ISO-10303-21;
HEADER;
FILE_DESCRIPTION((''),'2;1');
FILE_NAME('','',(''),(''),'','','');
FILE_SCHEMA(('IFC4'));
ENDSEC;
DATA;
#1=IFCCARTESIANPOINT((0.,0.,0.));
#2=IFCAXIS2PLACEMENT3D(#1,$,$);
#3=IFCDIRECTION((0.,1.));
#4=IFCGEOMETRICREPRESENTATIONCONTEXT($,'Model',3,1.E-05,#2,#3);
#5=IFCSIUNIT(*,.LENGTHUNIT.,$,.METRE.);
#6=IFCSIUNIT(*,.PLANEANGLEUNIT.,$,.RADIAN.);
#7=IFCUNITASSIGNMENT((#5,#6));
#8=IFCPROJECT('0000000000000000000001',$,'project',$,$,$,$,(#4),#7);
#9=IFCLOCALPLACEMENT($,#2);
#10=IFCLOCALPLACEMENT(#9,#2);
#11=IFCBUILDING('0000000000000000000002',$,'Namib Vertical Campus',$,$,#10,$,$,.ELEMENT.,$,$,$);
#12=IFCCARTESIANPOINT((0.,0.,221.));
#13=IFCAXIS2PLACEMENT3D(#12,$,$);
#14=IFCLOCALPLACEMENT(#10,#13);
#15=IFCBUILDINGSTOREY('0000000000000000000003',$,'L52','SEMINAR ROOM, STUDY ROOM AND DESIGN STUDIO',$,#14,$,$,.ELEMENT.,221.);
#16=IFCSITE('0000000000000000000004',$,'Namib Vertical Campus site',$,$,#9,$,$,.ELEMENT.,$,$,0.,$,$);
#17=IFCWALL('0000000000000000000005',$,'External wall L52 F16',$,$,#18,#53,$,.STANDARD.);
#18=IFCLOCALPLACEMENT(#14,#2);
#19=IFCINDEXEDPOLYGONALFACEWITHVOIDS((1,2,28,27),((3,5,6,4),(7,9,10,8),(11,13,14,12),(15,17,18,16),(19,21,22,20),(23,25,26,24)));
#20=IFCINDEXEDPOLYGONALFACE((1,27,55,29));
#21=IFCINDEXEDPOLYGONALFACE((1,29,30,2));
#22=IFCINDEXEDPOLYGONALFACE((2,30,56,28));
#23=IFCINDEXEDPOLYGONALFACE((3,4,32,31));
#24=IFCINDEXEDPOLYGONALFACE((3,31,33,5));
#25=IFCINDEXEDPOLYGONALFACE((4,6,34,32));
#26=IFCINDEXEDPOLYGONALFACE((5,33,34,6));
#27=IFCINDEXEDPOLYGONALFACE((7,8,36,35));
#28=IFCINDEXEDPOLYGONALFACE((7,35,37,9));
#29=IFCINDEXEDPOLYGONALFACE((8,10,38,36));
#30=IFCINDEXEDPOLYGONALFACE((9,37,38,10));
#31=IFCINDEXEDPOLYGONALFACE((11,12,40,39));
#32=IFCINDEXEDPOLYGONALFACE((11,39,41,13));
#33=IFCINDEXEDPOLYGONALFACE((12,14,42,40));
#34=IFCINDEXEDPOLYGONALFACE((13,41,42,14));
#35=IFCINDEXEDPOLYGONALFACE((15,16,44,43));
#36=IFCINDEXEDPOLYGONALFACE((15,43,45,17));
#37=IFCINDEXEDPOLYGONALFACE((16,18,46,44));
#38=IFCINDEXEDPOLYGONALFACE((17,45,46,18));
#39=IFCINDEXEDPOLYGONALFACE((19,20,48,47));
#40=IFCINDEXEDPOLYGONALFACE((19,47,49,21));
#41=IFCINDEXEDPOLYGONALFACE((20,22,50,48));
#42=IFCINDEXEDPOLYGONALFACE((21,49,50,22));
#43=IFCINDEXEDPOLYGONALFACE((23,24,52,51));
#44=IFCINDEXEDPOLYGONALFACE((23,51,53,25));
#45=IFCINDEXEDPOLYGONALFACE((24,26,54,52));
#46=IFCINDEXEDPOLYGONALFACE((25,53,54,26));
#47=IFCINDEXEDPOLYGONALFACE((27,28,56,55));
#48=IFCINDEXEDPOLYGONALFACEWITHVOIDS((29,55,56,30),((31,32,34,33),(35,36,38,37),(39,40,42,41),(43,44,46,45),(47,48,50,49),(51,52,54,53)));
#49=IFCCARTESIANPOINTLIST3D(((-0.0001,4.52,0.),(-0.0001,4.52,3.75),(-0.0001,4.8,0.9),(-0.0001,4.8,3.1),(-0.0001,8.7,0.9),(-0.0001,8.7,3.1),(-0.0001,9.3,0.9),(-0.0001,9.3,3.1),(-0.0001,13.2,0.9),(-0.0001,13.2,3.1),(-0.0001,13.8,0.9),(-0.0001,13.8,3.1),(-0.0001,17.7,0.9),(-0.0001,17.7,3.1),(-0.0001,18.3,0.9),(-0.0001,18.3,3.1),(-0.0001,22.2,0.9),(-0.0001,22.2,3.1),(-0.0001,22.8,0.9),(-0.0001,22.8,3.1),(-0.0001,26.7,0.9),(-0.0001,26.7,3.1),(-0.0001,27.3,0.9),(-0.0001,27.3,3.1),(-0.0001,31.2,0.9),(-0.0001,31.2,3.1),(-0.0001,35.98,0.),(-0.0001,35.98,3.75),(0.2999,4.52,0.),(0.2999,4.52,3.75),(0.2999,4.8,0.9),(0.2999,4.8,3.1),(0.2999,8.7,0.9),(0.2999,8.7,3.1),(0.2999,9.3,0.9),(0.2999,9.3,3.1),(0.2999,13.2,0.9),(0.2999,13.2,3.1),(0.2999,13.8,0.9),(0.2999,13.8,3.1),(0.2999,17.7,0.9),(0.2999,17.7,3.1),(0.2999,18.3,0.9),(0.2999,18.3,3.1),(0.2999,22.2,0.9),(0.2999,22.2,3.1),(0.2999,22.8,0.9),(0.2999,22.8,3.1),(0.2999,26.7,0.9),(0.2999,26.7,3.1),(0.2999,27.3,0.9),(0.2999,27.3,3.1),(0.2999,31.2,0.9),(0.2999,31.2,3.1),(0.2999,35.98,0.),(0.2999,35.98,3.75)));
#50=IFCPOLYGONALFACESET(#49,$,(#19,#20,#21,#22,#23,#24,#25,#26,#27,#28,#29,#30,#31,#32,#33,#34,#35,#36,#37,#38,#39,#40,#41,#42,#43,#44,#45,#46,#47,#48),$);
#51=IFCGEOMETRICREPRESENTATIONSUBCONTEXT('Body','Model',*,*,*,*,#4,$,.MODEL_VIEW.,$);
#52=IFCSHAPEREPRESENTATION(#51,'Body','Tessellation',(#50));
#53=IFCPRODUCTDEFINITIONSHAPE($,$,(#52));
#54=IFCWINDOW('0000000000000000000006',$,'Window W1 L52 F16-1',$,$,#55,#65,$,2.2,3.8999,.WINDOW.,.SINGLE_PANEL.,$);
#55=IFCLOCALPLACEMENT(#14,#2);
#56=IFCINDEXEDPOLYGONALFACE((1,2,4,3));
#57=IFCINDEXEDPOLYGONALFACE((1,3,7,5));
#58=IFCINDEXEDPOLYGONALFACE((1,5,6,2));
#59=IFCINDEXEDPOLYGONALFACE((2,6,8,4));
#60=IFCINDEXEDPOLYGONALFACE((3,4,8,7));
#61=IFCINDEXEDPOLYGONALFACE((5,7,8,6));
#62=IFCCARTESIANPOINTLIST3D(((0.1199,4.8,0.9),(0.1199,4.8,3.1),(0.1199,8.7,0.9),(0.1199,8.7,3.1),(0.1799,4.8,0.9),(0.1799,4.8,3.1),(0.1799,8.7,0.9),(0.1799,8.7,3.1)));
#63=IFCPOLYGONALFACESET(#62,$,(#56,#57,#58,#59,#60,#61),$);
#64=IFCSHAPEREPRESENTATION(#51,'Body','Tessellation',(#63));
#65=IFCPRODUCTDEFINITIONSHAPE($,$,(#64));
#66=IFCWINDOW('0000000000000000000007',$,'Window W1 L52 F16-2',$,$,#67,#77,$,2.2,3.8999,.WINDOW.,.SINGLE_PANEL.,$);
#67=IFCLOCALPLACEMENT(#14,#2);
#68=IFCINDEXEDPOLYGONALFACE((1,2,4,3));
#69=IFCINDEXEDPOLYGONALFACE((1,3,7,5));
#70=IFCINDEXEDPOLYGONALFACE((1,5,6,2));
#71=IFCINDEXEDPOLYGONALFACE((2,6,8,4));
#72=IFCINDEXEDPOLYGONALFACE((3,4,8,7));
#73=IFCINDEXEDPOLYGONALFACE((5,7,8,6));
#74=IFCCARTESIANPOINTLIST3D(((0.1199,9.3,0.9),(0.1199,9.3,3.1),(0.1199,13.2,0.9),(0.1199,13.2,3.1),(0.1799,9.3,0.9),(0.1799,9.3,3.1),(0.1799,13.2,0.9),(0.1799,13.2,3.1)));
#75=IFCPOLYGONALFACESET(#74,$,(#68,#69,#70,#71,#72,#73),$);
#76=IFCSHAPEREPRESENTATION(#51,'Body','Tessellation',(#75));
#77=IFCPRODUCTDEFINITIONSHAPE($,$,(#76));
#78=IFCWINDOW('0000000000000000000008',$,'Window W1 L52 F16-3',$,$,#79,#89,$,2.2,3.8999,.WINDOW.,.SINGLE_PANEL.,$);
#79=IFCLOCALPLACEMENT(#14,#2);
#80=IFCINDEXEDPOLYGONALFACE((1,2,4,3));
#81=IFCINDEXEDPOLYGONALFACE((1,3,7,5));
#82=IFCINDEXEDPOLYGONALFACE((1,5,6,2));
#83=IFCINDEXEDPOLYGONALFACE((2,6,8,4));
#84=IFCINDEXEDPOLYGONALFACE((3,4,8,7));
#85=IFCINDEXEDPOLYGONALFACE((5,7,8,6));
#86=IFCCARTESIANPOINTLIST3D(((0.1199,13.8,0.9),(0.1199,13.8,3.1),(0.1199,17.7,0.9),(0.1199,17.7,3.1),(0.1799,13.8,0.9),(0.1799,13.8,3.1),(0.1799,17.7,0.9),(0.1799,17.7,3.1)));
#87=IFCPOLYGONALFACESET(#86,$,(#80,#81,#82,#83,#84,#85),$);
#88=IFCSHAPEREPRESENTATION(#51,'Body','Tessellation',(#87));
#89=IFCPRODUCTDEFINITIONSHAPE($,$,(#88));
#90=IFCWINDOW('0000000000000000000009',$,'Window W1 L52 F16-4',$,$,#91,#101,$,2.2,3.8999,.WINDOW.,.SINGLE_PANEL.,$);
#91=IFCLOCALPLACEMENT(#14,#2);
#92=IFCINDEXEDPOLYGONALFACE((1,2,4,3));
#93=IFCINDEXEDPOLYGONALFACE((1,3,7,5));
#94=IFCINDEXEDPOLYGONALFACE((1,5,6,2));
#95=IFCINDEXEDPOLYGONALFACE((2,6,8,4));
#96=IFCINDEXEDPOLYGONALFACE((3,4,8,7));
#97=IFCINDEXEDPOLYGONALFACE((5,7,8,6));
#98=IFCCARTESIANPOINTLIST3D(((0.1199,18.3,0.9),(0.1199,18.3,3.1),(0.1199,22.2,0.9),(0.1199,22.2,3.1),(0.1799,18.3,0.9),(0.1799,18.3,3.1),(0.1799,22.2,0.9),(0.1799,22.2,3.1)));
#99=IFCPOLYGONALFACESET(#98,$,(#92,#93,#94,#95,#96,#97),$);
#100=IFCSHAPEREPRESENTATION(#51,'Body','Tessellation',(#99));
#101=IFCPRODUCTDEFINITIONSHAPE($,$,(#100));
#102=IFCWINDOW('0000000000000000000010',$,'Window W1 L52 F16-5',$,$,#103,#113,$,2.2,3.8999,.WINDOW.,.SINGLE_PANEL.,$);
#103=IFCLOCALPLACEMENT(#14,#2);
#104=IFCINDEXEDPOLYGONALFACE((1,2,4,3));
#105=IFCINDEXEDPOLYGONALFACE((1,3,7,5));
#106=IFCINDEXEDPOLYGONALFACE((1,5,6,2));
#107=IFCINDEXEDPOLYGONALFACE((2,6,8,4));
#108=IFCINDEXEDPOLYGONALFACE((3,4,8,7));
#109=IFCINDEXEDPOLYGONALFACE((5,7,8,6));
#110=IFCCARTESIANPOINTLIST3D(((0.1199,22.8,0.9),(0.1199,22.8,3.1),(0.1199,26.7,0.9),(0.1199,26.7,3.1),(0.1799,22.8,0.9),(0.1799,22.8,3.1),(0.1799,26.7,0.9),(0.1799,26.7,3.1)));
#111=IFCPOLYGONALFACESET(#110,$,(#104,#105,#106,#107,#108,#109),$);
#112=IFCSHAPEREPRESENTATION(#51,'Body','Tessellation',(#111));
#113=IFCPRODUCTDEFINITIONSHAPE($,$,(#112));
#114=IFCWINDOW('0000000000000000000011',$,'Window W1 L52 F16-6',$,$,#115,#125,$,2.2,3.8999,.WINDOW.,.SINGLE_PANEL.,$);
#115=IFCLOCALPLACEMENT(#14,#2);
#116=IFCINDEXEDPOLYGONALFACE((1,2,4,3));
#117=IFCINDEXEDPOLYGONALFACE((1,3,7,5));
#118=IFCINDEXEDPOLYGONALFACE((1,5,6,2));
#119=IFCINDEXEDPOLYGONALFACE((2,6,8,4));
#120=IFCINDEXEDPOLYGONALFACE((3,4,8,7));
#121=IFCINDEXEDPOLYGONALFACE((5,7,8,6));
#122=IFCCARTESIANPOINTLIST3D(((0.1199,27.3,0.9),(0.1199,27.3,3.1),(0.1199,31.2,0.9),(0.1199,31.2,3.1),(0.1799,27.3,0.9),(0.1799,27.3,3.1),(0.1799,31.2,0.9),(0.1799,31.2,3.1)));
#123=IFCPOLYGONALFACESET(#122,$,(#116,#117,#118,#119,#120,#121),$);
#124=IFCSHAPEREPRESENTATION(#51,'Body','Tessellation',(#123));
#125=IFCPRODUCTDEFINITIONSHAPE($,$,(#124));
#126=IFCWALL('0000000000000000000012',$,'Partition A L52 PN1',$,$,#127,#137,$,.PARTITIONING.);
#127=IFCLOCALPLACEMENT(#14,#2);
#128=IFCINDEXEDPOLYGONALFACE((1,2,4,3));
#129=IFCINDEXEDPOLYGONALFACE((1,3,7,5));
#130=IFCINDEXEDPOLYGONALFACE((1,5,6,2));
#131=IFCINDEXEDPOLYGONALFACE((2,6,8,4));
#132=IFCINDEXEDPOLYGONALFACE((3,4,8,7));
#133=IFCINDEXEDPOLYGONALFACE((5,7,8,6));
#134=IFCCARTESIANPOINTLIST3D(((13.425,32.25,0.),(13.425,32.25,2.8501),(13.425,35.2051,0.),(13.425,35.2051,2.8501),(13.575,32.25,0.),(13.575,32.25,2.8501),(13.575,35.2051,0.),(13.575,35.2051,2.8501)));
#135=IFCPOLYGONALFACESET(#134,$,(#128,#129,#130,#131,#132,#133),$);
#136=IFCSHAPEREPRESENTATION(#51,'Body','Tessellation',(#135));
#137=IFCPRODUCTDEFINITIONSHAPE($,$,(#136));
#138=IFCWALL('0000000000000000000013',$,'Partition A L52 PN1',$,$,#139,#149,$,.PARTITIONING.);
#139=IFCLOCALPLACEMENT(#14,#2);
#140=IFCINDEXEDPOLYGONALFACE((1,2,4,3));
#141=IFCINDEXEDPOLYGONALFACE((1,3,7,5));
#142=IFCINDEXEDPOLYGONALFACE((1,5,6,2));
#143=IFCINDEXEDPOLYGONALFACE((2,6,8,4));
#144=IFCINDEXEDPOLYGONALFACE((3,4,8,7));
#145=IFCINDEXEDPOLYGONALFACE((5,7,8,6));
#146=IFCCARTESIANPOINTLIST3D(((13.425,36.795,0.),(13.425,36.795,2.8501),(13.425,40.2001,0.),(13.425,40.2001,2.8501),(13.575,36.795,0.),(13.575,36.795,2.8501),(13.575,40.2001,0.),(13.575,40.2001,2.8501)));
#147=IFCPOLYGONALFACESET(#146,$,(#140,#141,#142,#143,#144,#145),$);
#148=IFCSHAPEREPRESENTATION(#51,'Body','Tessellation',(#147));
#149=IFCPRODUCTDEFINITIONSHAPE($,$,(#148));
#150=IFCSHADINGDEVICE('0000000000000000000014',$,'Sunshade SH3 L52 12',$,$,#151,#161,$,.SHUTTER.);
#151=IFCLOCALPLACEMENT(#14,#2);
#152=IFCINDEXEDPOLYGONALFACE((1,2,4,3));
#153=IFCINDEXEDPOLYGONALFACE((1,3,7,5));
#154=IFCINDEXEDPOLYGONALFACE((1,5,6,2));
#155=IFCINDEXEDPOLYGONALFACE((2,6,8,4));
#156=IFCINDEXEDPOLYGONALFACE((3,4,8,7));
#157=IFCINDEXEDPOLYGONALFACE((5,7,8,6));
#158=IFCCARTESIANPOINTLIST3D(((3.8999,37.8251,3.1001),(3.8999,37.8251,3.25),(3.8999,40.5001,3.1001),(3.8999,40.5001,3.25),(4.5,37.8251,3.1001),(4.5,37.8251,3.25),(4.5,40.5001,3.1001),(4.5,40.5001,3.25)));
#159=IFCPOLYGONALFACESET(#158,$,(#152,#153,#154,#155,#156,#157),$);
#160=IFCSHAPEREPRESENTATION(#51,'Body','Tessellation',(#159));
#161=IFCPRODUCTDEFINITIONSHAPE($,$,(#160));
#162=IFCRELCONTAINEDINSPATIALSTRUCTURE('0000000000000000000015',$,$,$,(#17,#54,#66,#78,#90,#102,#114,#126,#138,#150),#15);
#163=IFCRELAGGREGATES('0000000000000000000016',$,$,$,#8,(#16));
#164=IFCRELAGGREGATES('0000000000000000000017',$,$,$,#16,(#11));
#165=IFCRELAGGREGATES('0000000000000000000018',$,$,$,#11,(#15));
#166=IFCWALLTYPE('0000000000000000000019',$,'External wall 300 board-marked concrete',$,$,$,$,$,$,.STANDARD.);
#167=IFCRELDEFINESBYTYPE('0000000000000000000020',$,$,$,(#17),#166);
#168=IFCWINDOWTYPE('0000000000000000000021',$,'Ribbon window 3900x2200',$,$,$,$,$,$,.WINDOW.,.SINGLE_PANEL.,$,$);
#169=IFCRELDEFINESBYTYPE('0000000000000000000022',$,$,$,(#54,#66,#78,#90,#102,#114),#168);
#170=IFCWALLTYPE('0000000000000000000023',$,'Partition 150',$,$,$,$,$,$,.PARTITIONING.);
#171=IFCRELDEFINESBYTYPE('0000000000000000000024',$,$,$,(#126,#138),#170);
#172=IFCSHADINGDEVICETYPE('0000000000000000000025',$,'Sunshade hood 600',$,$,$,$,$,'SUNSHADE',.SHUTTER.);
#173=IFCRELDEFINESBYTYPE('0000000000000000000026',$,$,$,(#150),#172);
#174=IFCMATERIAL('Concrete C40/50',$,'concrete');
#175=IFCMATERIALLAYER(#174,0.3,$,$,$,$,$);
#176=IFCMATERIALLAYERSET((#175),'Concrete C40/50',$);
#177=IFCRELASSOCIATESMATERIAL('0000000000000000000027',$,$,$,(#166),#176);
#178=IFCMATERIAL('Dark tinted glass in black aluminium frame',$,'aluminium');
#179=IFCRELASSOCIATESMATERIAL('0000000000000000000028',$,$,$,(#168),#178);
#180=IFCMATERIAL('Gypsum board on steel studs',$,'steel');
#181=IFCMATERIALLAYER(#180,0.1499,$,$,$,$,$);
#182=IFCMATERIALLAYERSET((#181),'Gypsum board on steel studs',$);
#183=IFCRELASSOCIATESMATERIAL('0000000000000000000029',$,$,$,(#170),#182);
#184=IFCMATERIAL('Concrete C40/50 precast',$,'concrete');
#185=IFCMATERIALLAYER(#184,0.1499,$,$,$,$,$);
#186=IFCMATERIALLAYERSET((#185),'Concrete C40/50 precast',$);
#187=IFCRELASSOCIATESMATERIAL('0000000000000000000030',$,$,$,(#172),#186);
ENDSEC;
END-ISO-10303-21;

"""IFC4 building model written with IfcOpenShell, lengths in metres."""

from ifc_helpers import new_model, si_unit, direction, frame, frame_2d, origin, origin_2d, place, context, subcontext, project, spatial, rectangle, extrude, material, layer, layer_set, type_object, element, fill, save


model = new_model("IFC4")

# Units and contexts
model_context = context("Model", 3, precision=1e-05, world=origin(), true_north=direction((0.0, 1.0)))
body_context = subcontext(model_context, "Body", "Model", "MODEL_VIEW")
ifc_project = project(units=[si_unit("LENGTHUNIT", "METRE"), si_unit("PLANEANGLEUNIT", "RADIAN")], contexts=[model_context])

# Site, building, storey
site_placement = place(None, origin())
site = spatial("IfcSite", under=ifc_project, at=site_placement, Name="Namib Vertical Campus site", CompositionType="ELEMENT", RefElevation=0.0)
building_placement = place(site_placement, origin())
building = spatial("IfcBuilding", under=site, at=building_placement, Name="Namib Vertical Campus", CompositionType="ELEMENT")
storey_placement = place(building_placement, frame((0.0, 0.0, 221.0)))
storey = spatial("IfcBuildingStorey", under=building, at=storey_placement, Name="L52", Description="SEMINAR ROOM, STUDY ROOM AND DESIGN STUDIO", CompositionType="ELEMENT", Elevation=221.0)

# Shared definitions
ifc_material_1 = material(Name="Concrete C40/50", Category="concrete")
ifc_layer_1 = layer(ifc_material_1, 0.3)
ifc_layer_set_1 = layer_set([ifc_layer_1], Name="Concrete C40/50")
wall_type_1 = type_object("IfcWallType", Name="External wall 300 board-marked concrete", PredefinedType="STANDARD", material=ifc_layer_set_1)

# Wall, openings, windows
wall_1_placement = place(storey_placement, frame((0.1499, 35.98, 0.0), z_axis=(0.0, 0.0, 1.0), x_axis=(0.0, -1.0, 0.0)))
wall_1 = element("IfcWall", 1, at=wall_1_placement, inside=storey, type_object=wall_type_1, Name="External wall L52 F16", PredefinedType="STANDARD", context=body_context, shape_type="SweptSolid", body=[
    extrude(rectangle(XDim=31.46, YDim=0.3, at=frame_2d((15.73, 0.0))), origin(), (0.0, 0.0, 1.0), 3.75),
])
opening_1_placement = place(wall_1_placement, frame((27.28, 0.0, 0.8999)))
opening_1 = element("IfcOpeningElement", 2, at=opening_1_placement, cuts=wall_1, PredefinedType="OPENING", context=body_context, shape_type="SweptSolid", body=[
    extrude(rectangle(XDim=3.8999, YDim=2.2, at=frame_2d((1.95, 1.1001))), frame((0.0, 0.1599, 0.0), z_axis=(0.0, -1.0, 0.0), x_axis=(1.0, 0.0, 0.0)), (0.0, 0.0, 1.0), 0.3201),
])
opening_2_placement = place(wall_1_placement, frame((22.78, 0.0, 0.8999)))
opening_2 = element("IfcOpeningElement", 3, at=opening_2_placement, cuts=wall_1, PredefinedType="OPENING", context=body_context, shape_type="SweptSolid", body=[
    extrude(rectangle(XDim=3.8999, YDim=2.2, at=frame_2d((1.95, 1.1001))), frame((0.0, 0.1599, 0.0), z_axis=(0.0, -1.0, 0.0), x_axis=(1.0, 0.0, 0.0)), (0.0, 0.0, 1.0), 0.3201),
])
opening_3_placement = place(wall_1_placement, frame((18.28, 0.0, 0.8999)))
opening_3 = element("IfcOpeningElement", 4, at=opening_3_placement, cuts=wall_1, PredefinedType="OPENING", context=body_context, shape_type="SweptSolid", body=[
    extrude(rectangle(XDim=3.8999, YDim=2.2, at=frame_2d((1.95, 1.1001))), frame((0.0, 0.1599, 0.0), z_axis=(0.0, -1.0, 0.0), x_axis=(1.0, 0.0, 0.0)), (0.0, 0.0, 1.0), 0.3201),
])
opening_4_placement = place(wall_1_placement, frame((13.78, 0.0, 0.8999)))
opening_4 = element("IfcOpeningElement", 5, at=opening_4_placement, cuts=wall_1, PredefinedType="OPENING", context=body_context, shape_type="SweptSolid", body=[
    extrude(rectangle(XDim=3.8999, YDim=2.2, at=frame_2d((1.95, 1.1001))), frame((0.0, 0.1599, 0.0), z_axis=(0.0, -1.0, 0.0), x_axis=(1.0, 0.0, 0.0)), (0.0, 0.0, 1.0), 0.3201),
])
opening_5_placement = place(wall_1_placement, frame((9.28, 0.0, 0.8999)))
opening_5 = element("IfcOpeningElement", 6, at=opening_5_placement, cuts=wall_1, PredefinedType="OPENING", context=body_context, shape_type="SweptSolid", body=[
    extrude(rectangle(XDim=3.8999, YDim=2.2, at=frame_2d((1.95, 1.1001))), frame((0.0, 0.1599, 0.0), z_axis=(0.0, -1.0, 0.0), x_axis=(1.0, 0.0, 0.0)), (0.0, 0.0, 1.0), 0.3201),
])
opening_6_placement = place(wall_1_placement, frame((4.78, 0.0, 0.8999)))
opening_6 = element("IfcOpeningElement", 7, at=opening_6_placement, cuts=wall_1, PredefinedType="OPENING", context=body_context, shape_type="SweptSolid", body=[
    extrude(rectangle(XDim=3.8999, YDim=2.2, at=frame_2d((1.95, 1.1001))), frame((0.0, 0.1599, 0.0), z_axis=(0.0, -1.0, 0.0), x_axis=(1.0, 0.0, 0.0)), (0.0, 0.0, 1.0), 0.3201),
])
ifc_material_2 = material(Name="Dark tinted glass in black aluminium frame", Category="aluminium")
window_type = type_object("IfcWindowType", Name="Ribbon window 3900x2200", PartitioningType="SINGLE_PANEL", PredefinedType="WINDOW", material=ifc_material_2)
window_1_placement = place(opening_1_placement, origin())
window_1 = element("IfcWindow", 8, at=window_1_placement, inside=storey, type_object=window_type, Name="Window W1 L52 F16-1", OverallHeight=2.2, OverallWidth=3.8999, PartitioningType="SINGLE_PANEL", PredefinedType="WINDOW", context=body_context, shape_type="SweptSolid", body=[
    extrude(rectangle(XDim=3.8999, YDim=2.2, at=frame_2d((1.95, 1.1001))), frame((0.0, 0.03, 0.0), z_axis=(0.0, -1.0, 0.0), x_axis=(1.0, 0.0, 0.0)), (0.0, 0.0, 1.0), 0.0601),
])
fill(opening_1, window_1)
window_2_placement = place(opening_2_placement, origin())
window_2 = element("IfcWindow", 9, at=window_2_placement, inside=storey, type_object=window_type, Name="Window W1 L52 F16-2", OverallHeight=2.2, OverallWidth=3.8999, PartitioningType="SINGLE_PANEL", PredefinedType="WINDOW", context=body_context, shape_type="SweptSolid", body=[
    extrude(rectangle(XDim=3.8999, YDim=2.2, at=frame_2d((1.95, 1.1001))), frame((0.0, 0.03, 0.0), z_axis=(0.0, -1.0, 0.0), x_axis=(1.0, 0.0, 0.0)), (0.0, 0.0, 1.0), 0.0601),
])
fill(opening_2, window_2)
window_3_placement = place(opening_3_placement, origin())
window_3 = element("IfcWindow", 10, at=window_3_placement, inside=storey, type_object=window_type, Name="Window W1 L52 F16-3", OverallHeight=2.2, OverallWidth=3.8999, PartitioningType="SINGLE_PANEL", PredefinedType="WINDOW", context=body_context, shape_type="SweptSolid", body=[
    extrude(rectangle(XDim=3.8999, YDim=2.2, at=frame_2d((1.95, 1.1001))), frame((0.0, 0.03, 0.0), z_axis=(0.0, -1.0, 0.0), x_axis=(1.0, 0.0, 0.0)), (0.0, 0.0, 1.0), 0.0601),
])
fill(opening_3, window_3)
window_4_placement = place(opening_4_placement, origin())
window_4 = element("IfcWindow", 11, at=window_4_placement, inside=storey, type_object=window_type, Name="Window W1 L52 F16-4", OverallHeight=2.2, OverallWidth=3.8999, PartitioningType="SINGLE_PANEL", PredefinedType="WINDOW", context=body_context, shape_type="SweptSolid", body=[
    extrude(rectangle(XDim=3.8999, YDim=2.2, at=frame_2d((1.95, 1.1001))), frame((0.0, 0.03, 0.0), z_axis=(0.0, -1.0, 0.0), x_axis=(1.0, 0.0, 0.0)), (0.0, 0.0, 1.0), 0.0601),
])
fill(opening_4, window_4)
window_5_placement = place(opening_5_placement, origin())
window_5 = element("IfcWindow", 12, at=window_5_placement, inside=storey, type_object=window_type, Name="Window W1 L52 F16-5", OverallHeight=2.2, OverallWidth=3.8999, PartitioningType="SINGLE_PANEL", PredefinedType="WINDOW", context=body_context, shape_type="SweptSolid", body=[
    extrude(rectangle(XDim=3.8999, YDim=2.2, at=frame_2d((1.95, 1.1001))), frame((0.0, 0.03, 0.0), z_axis=(0.0, -1.0, 0.0), x_axis=(1.0, 0.0, 0.0)), (0.0, 0.0, 1.0), 0.0601),
])
fill(opening_5, window_5)
window_6_placement = place(opening_6_placement, origin())
window_6 = element("IfcWindow", 13, at=window_6_placement, inside=storey, type_object=window_type, Name="Window W1 L52 F16-6", OverallHeight=2.2, OverallWidth=3.8999, PartitioningType="SINGLE_PANEL", PredefinedType="WINDOW", context=body_context, shape_type="SweptSolid", body=[
    extrude(rectangle(XDim=3.8999, YDim=2.2, at=frame_2d((1.95, 1.1001))), frame((0.0, 0.03, 0.0), z_axis=(0.0, -1.0, 0.0), x_axis=(1.0, 0.0, 0.0)), (0.0, 0.0, 1.0), 0.0601),
])
fill(opening_6, window_6)

# Walls
ifc_material_3 = material(Name="Gypsum board on steel studs", Category="steel")
ifc_layer_2 = layer(ifc_material_3, 0.1499)
ifc_layer_set_2 = layer_set([ifc_layer_2], Name="Gypsum board on steel studs")
wall_type_2 = type_object("IfcWallType", Name="Partition 150", PredefinedType="PARTITIONING", material=ifc_layer_set_2)
wall_2_placement = place(storey_placement, frame((13.5, 32.25, 0.0), z_axis=(0.0, 0.0, 1.0), x_axis=(0.0, 1.0, 0.0)))
element("IfcWall", 14, at=wall_2_placement, inside=storey, type_object=wall_type_2, Name="Partition A L52 PN1", PredefinedType="PARTITIONING", context=body_context, shape_type="SweptSolid", body=[
    extrude(rectangle(XDim=2.9551, YDim=0.1499, at=frame_2d((1.4775, 0.0))), origin(), (0.0, 0.0, 1.0), 2.8501),
])
wall_3_placement = place(storey_placement, frame((13.5, 36.7949, 0.0), z_axis=(0.0, 0.0, 1.0), x_axis=(0.0, 1.0, 0.0)))
element("IfcWall", 15, at=wall_3_placement, inside=storey, type_object=wall_type_2, Name="Partition A L52 PN1", PredefinedType="PARTITIONING", context=body_context, shape_type="SweptSolid", body=[
    extrude(rectangle(XDim=3.405, YDim=0.1499, at=frame_2d((1.7026, 0.0))), origin(), (0.0, 0.0, 1.0), 2.8501),
])

# Shading device
ifc_material_4 = material(Name="Concrete C40/50 precast", Category="concrete")
ifc_layer_3 = layer(ifc_material_4, 0.1499)
ifc_layer_set_3 = layer_set([ifc_layer_3], Name="Concrete C40/50 precast")
shading_device_type = type_object("IfcShadingDeviceType", Name="Sunshade hood 600", ElementType="SUNSHADE", PredefinedType="SHUTTER", material=ifc_layer_set_3)
for number, where, z_axis, x_axis, name in (
    (16, (4.2, 39.1626, 3.1001), (0.0, 0.0, 1.0), (0.0, -1.0, 0.0), "Sunshade SH3 L52 12"),
):
    element("IfcShadingDevice", number, at=place(storey_placement, frame(where, z_axis=z_axis, x_axis=x_axis)), inside=storey, type_object=shading_device_type, Name=name, PredefinedType="SHUTTER", context=body_context, shape_type="SweptSolid", body=[
        extrude(rectangle(XDim=2.675, YDim=0.6001, at=origin_2d()), origin(), (0.0, 0.0, 1.0), 0.1499),
    ])

save(model, "model.ifc")
